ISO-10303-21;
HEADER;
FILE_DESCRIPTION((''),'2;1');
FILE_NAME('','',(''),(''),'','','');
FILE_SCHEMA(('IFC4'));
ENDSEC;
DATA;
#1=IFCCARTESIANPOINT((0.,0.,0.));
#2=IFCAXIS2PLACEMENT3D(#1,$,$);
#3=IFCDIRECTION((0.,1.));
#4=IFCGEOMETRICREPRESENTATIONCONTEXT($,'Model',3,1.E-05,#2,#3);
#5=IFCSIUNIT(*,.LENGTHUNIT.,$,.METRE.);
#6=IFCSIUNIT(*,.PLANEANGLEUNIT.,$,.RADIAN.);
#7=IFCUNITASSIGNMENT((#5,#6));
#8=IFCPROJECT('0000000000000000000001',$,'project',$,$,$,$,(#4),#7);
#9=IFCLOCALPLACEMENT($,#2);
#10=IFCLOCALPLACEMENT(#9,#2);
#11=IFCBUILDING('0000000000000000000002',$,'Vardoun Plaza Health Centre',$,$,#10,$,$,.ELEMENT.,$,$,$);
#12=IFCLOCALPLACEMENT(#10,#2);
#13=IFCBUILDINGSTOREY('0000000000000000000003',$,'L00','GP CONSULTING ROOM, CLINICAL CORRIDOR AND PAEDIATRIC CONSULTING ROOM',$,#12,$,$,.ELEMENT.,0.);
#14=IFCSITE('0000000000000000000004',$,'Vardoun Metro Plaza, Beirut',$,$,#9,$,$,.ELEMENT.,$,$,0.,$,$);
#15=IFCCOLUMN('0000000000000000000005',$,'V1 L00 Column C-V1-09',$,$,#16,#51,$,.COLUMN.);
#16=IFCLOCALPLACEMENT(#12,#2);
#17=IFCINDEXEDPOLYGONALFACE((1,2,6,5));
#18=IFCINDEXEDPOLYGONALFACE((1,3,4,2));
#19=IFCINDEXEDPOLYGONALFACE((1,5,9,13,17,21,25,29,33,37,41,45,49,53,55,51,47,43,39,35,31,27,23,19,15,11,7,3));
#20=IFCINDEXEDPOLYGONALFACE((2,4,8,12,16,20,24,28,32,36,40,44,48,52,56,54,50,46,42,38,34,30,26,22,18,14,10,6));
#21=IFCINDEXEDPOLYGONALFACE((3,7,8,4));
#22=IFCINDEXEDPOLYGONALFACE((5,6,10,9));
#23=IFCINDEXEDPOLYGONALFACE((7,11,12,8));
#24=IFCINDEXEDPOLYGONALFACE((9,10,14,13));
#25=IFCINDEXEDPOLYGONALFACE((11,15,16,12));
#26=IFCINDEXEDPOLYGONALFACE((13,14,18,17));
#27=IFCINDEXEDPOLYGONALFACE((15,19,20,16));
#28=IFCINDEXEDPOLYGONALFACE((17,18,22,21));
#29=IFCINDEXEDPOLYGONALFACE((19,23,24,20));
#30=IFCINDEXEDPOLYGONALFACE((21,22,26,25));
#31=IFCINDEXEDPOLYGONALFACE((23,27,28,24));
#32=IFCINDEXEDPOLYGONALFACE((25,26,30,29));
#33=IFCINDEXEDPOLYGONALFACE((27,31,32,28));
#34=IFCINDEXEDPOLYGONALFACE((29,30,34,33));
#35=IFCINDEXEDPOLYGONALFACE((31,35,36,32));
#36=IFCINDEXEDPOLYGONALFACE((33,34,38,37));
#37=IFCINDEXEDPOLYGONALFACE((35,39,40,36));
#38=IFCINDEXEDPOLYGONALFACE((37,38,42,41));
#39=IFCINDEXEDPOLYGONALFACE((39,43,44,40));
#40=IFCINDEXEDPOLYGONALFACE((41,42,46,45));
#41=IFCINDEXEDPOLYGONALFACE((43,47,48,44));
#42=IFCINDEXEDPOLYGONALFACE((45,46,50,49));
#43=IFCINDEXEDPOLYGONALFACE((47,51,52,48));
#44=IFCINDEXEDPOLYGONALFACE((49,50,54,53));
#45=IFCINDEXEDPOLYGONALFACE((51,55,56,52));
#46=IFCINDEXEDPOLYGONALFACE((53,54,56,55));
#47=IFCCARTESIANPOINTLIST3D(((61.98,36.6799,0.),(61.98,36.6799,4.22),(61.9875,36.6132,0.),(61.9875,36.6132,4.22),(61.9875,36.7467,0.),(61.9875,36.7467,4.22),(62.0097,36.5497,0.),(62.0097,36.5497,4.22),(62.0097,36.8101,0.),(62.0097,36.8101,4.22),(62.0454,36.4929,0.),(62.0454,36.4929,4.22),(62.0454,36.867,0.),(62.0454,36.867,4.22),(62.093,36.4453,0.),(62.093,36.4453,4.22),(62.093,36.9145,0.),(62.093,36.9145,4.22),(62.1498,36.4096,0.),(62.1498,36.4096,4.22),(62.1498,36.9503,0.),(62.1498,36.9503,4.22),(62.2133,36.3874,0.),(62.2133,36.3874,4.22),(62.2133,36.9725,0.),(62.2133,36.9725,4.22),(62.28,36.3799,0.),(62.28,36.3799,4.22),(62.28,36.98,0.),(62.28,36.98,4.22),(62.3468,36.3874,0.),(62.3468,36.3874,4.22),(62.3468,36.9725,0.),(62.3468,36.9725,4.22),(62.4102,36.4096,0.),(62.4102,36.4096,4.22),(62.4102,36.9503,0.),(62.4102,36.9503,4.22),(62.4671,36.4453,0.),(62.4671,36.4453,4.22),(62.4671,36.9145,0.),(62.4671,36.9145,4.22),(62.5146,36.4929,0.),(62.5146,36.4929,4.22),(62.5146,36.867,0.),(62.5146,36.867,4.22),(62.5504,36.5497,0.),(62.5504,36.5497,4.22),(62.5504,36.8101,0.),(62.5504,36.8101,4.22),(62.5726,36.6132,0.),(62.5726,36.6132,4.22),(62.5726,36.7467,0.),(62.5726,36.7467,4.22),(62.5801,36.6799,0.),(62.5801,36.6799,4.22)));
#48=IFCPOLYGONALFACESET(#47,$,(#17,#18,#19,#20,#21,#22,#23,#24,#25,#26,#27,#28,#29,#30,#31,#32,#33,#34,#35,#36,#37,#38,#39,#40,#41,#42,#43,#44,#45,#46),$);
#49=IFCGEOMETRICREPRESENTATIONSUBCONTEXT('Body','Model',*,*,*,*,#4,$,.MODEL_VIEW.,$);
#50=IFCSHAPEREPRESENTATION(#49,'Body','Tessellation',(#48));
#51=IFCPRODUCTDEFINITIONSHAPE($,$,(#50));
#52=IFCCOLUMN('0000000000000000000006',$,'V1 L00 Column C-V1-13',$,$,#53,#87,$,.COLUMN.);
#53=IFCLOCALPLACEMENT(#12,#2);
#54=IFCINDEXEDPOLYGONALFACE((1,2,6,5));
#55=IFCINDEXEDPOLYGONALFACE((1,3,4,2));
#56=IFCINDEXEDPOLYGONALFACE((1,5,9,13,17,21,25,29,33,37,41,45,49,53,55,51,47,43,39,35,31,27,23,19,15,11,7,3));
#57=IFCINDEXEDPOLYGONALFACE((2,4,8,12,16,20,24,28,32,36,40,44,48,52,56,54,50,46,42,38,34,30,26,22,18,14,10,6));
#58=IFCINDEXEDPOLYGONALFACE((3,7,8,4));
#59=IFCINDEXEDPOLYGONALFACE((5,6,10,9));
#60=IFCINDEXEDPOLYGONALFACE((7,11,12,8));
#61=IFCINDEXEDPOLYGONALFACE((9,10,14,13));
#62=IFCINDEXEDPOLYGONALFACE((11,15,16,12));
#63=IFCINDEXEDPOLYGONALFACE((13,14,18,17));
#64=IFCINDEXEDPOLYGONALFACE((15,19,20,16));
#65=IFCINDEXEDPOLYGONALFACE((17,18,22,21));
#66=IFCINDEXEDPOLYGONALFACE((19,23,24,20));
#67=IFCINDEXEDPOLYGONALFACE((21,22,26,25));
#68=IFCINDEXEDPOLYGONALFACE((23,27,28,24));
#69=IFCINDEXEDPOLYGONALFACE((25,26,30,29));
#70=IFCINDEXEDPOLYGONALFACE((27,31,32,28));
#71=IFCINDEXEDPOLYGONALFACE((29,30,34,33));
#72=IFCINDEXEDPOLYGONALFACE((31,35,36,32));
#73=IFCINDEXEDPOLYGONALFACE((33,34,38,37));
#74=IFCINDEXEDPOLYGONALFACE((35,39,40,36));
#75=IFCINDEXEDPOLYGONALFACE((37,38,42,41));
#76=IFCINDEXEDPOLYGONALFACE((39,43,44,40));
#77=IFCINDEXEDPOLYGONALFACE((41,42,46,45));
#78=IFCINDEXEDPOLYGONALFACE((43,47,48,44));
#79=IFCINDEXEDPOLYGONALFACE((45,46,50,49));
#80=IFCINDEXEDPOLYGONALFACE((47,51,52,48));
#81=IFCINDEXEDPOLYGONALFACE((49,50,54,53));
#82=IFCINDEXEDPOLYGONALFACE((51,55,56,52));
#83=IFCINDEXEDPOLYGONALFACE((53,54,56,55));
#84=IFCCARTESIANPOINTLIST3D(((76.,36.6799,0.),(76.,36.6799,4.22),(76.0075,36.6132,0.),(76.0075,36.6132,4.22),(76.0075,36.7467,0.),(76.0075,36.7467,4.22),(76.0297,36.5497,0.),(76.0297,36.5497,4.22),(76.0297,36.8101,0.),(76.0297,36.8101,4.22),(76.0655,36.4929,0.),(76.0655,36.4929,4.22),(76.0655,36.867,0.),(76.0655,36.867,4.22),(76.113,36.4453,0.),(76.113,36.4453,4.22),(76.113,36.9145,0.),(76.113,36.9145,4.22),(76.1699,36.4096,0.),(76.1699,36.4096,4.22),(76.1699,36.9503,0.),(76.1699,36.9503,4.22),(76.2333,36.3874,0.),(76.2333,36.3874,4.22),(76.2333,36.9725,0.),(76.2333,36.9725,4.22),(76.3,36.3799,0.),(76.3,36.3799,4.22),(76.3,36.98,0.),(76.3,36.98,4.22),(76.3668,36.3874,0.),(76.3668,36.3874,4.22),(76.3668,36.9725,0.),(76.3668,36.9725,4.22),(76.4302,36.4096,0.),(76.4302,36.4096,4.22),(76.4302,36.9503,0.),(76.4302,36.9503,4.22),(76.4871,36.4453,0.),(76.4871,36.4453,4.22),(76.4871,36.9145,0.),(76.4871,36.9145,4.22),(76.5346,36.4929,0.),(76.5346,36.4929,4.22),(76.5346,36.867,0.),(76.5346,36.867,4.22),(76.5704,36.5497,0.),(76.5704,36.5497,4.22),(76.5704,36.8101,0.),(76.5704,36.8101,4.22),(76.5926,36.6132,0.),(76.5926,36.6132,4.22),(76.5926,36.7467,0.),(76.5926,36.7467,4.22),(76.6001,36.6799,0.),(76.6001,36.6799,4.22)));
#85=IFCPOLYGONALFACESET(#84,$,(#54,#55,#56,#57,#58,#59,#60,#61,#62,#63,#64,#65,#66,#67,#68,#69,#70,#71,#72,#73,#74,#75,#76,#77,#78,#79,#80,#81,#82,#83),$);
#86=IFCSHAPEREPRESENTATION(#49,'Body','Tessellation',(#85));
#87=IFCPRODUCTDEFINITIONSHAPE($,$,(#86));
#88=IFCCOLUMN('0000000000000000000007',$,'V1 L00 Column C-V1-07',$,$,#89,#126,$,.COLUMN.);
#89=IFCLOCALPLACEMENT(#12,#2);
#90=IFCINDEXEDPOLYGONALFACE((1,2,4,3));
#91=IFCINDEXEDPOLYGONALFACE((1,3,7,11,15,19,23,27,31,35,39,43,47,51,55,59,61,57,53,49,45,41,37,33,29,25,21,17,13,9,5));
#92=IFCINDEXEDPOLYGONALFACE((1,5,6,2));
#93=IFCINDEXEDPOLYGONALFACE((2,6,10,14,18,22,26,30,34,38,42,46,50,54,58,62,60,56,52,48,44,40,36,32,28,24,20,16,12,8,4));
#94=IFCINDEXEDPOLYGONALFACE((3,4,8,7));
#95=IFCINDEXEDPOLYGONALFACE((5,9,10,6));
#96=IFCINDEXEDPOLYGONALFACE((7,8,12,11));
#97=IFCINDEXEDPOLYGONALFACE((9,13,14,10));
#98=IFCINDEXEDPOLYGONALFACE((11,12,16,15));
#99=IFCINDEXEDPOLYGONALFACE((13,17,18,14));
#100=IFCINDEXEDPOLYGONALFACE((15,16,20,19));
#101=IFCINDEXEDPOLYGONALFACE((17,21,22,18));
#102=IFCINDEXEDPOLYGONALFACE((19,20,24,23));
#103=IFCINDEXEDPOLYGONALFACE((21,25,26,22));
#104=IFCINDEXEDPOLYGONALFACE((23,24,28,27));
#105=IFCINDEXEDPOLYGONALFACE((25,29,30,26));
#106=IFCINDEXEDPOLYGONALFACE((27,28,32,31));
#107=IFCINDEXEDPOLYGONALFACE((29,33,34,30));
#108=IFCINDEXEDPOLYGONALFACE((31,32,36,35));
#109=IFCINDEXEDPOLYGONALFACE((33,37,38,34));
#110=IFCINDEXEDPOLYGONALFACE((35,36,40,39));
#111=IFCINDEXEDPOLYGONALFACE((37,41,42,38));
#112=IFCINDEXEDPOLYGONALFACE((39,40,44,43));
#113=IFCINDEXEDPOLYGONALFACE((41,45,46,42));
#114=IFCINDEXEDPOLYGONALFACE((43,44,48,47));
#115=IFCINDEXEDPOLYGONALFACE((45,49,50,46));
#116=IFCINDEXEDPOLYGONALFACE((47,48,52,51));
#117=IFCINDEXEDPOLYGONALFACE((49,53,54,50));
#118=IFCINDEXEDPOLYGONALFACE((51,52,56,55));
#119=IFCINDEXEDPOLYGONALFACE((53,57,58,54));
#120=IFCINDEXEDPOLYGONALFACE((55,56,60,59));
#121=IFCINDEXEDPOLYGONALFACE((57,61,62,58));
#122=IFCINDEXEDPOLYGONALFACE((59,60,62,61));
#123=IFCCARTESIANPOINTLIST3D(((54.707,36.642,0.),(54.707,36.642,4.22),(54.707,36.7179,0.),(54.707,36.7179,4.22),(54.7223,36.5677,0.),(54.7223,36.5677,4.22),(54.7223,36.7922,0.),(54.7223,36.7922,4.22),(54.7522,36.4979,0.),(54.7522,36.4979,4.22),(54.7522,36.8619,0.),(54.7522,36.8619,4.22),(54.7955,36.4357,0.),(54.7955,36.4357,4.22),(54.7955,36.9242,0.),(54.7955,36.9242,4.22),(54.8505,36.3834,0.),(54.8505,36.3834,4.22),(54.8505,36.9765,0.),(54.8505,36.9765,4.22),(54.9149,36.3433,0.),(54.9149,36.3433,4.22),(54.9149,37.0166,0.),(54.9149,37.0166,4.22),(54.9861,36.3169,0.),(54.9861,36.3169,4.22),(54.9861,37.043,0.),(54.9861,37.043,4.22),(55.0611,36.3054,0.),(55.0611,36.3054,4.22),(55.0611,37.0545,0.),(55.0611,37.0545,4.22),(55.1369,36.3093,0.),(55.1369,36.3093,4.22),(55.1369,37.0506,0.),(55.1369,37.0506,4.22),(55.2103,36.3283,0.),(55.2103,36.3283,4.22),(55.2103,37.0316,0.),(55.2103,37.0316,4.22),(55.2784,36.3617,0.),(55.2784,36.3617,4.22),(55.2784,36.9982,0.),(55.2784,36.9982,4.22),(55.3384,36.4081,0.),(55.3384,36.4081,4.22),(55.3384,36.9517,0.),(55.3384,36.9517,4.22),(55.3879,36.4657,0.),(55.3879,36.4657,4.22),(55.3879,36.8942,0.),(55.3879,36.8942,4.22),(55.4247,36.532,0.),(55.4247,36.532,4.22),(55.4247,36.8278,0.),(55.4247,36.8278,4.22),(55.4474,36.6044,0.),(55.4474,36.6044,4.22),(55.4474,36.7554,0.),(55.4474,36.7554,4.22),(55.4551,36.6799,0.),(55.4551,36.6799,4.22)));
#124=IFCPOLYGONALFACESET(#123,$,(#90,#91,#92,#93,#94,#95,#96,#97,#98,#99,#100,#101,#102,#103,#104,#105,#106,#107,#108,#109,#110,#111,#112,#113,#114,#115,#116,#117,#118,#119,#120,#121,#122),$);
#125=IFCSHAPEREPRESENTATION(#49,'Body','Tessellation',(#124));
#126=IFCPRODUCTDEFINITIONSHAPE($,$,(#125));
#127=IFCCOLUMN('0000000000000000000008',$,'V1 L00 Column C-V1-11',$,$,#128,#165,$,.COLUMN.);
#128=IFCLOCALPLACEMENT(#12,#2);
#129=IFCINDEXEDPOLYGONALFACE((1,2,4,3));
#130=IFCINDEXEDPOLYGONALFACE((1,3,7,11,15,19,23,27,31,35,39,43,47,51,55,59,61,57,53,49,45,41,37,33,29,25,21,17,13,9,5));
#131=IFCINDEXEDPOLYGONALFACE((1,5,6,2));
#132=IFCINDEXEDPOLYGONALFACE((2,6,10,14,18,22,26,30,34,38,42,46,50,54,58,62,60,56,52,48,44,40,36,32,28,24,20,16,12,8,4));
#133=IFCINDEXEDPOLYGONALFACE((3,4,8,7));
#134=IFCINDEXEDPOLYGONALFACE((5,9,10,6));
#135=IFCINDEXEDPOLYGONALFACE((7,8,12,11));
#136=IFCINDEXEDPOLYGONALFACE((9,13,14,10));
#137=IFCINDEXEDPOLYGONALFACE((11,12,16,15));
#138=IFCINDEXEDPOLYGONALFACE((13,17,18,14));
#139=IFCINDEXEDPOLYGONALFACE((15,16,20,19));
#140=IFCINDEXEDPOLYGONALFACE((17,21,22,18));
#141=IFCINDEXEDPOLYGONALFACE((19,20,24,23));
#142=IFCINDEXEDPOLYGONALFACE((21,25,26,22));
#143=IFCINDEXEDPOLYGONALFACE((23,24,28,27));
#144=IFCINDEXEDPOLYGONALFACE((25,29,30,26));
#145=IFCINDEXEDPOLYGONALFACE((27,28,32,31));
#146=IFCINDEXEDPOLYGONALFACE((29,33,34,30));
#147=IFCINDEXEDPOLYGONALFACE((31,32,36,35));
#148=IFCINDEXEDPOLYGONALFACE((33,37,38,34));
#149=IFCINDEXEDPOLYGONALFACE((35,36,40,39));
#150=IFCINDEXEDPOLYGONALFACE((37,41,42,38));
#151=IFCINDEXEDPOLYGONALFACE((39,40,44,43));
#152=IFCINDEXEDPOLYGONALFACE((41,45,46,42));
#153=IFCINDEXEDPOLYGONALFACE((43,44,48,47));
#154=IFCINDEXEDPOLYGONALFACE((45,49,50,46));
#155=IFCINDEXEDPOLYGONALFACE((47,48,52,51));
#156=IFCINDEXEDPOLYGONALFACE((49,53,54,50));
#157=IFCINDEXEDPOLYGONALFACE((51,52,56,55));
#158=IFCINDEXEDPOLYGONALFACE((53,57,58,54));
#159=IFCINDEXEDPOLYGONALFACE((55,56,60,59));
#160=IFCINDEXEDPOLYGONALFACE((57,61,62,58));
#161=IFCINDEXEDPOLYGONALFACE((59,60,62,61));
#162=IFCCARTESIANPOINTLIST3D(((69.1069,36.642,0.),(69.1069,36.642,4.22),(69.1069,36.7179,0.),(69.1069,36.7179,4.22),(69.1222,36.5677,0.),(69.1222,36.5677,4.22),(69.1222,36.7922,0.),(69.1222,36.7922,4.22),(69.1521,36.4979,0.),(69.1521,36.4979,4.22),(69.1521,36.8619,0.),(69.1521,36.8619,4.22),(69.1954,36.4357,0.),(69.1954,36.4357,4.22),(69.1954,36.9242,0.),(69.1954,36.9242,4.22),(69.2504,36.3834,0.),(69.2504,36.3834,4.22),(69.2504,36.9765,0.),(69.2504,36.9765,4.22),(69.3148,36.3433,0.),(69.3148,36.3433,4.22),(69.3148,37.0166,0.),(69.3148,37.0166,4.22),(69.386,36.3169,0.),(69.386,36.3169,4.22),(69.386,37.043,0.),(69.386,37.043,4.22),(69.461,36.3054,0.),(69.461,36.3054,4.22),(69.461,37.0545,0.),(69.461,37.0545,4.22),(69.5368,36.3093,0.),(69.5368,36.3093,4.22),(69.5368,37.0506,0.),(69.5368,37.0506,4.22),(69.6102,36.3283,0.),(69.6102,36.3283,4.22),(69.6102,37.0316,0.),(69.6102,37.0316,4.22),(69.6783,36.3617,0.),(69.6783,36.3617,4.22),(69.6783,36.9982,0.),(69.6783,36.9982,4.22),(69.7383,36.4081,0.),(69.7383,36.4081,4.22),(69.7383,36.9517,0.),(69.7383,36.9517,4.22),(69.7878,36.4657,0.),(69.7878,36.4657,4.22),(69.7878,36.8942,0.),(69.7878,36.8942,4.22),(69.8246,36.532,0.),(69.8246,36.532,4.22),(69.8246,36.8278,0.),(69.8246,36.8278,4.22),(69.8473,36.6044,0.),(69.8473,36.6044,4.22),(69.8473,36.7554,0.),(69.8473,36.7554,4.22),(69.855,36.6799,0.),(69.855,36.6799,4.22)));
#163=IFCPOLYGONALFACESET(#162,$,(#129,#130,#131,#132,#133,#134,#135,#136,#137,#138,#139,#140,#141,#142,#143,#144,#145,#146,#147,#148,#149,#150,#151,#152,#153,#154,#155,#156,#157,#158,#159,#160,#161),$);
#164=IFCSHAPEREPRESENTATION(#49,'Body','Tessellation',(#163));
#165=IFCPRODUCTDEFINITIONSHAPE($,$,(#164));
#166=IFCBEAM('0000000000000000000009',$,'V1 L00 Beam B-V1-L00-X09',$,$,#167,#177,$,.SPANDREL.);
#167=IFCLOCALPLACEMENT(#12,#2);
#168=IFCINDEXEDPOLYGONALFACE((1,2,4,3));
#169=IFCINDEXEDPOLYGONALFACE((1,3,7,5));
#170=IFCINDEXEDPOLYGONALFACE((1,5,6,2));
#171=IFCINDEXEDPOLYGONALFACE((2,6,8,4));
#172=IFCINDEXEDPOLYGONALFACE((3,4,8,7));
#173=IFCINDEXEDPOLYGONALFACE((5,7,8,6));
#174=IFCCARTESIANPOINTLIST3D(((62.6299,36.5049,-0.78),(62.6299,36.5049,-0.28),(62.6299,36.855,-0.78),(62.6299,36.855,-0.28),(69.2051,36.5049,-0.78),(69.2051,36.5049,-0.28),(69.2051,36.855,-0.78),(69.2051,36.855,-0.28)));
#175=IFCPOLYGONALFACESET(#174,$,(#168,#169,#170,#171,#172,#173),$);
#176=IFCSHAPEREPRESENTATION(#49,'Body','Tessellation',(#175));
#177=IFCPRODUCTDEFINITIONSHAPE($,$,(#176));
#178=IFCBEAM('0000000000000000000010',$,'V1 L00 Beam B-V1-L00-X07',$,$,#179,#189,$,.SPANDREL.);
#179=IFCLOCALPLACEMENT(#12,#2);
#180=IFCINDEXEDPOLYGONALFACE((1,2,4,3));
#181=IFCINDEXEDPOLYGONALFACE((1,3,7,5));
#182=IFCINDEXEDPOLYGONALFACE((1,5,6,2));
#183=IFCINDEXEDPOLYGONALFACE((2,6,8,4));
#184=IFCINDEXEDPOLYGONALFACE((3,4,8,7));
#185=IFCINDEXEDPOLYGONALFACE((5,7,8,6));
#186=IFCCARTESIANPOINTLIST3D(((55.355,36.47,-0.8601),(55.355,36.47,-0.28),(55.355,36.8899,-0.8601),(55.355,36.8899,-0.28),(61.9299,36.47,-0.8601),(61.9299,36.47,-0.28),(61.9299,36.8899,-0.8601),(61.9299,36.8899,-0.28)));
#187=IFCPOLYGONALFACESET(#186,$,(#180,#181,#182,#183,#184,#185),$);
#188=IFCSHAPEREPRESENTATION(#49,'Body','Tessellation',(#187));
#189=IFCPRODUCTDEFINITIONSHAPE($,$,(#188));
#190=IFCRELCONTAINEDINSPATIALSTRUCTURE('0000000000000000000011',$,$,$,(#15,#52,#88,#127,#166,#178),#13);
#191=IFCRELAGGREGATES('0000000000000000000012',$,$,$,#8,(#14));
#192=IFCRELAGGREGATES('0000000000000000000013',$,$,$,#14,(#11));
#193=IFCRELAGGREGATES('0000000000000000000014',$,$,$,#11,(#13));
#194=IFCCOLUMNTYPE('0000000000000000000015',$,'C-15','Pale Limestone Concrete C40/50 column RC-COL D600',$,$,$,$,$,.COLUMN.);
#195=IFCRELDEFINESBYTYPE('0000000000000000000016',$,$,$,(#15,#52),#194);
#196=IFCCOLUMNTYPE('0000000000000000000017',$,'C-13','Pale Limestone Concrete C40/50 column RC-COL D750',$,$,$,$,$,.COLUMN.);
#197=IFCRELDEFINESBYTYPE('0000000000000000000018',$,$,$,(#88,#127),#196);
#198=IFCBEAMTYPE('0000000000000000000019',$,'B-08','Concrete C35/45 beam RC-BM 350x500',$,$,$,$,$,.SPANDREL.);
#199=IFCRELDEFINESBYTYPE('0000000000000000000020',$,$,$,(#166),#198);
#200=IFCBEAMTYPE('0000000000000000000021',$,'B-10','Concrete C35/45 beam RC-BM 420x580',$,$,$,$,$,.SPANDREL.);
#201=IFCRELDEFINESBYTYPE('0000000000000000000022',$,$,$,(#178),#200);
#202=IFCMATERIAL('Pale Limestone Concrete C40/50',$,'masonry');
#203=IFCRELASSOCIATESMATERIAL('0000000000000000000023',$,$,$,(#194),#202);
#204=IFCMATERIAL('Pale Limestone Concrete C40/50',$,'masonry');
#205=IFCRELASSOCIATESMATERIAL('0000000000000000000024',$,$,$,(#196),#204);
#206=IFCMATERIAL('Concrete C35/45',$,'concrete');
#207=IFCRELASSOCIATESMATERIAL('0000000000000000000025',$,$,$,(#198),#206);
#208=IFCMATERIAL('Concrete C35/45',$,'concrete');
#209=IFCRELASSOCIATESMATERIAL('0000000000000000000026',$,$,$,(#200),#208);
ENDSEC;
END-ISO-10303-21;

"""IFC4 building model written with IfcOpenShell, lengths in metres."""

from ifc_helpers import new_model, si_unit, direction, frame, origin, origin_2d, place, context, subcontext, project, spatial, rectangle, circle, extrude, material, material_profile, profile_set, type_object, element, save


model = new_model("IFC4")

# Units and contexts
model_context = context("Model", 3, precision=1e-05, world=origin(), true_north=direction((0.0, 1.0)))
body_context = subcontext(model_context, "Body", "Model", "MODEL_VIEW")
ifc_project = project(units=[si_unit("LENGTHUNIT", "METRE"), si_unit("PLANEANGLEUNIT", "RADIAN")], contexts=[model_context])

# Site, building, storey
site_placement = place(None, origin())
site = spatial("IfcSite", under=ifc_project, at=site_placement, Name="Vardoun Metro Plaza, Beirut", CompositionType="ELEMENT", RefElevation=0.0)
building_placement = place(site_placement, origin())
building = spatial("IfcBuilding", under=site, at=building_placement, Name="Vardoun Plaza Health Centre", CompositionType="ELEMENT")
storey_placement = place(building_placement, origin())
storey = spatial("IfcBuildingStorey", under=building, at=storey_placement, Name="L00", Description="GP CONSULTING ROOM, CLINICAL CORRIDOR AND PAEDIATRIC CONSULTING ROOM", CompositionType="ELEMENT", Elevation=0.0)

# Columns
ifc_material_1 = material(Name="Pale Limestone Concrete C40/50", Category="masonry")
ifc_material_profile_1 = material_profile(ifc_material_1, circle(Radius=0.3, at=origin_2d()), Name="RC-COL D600")
ifc_profile_set_1 = profile_set([ifc_material_profile_1], Name="Pale Limestone Concrete C40/50")
column_type_1 = type_object("IfcColumnType", Name="C-15", Description="Pale Limestone Concrete C40/50 column RC-COL D600", PredefinedType="COLUMN", material=ifc_profile_set_1)
for number, where, z_axis, x_axis, name in (
    (1, (62.28, 36.6799, 0.0), (0.0, 0.0, 1.0), (1.0, 0.0, 0.0), "V1 L00 Column C-V1-09"),
    (2, (76.3, 36.6799, 0.0), (0.0, 0.0, 1.0), (1.0, 0.0, 0.0), "V1 L00 Column C-V1-13"),
):
    element("IfcColumn", number, at=place(storey_placement, frame(where, z_axis=z_axis, x_axis=x_axis)), inside=storey, type_object=column_type_1, Name=name, PredefinedType="COLUMN", context=body_context, shape_type="SweptSolid", body=[
        extrude(circle(Radius=0.3, at=origin_2d()), origin(), (0.0, 0.0, 1.0), 4.22),
    ])
ifc_material_2 = material(Name="Pale Limestone Concrete C40/50", Category="masonry")
ifc_material_profile_2 = material_profile(ifc_material_2, circle(Radius=0.375, at=origin_2d()), Name="RC-COL D750")
ifc_profile_set_2 = profile_set([ifc_material_profile_2], Name="Pale Limestone Concrete C40/50")
column_type_2 = type_object("IfcColumnType", Name="C-13", Description="Pale Limestone Concrete C40/50 column RC-COL D750", PredefinedType="COLUMN", material=ifc_profile_set_2)
for number, where, z_axis, x_axis, name in (
    (3, (55.0801, 36.6799, 0.0), (0.0, 0.0, 1.0), (1.0, 0.0, 0.0), "V1 L00 Column C-V1-07"),
    (4, (69.48, 36.6799, 0.0), (0.0, 0.0, 1.0), (1.0, 0.0, 0.0), "V1 L00 Column C-V1-11"),
):
    element("IfcColumn", number, at=place(storey_placement, frame(where, z_axis=z_axis, x_axis=x_axis)), inside=storey, type_object=column_type_2, Name=name, PredefinedType="COLUMN", context=body_context, shape_type="SweptSolid", body=[
        extrude(circle(Radius=0.375, at=origin_2d()), origin(), (0.0, 0.0, 1.0), 4.22),
    ])

# Beams
ifc_material_3 = material(Name="Concrete C35/45", Category="concrete")
ifc_material_profile_3 = material_profile(ifc_material_3, rectangle(XDim=0.3501, YDim=0.5, at=origin_2d()), Name="RC-BM 350x500")
ifc_profile_set_3 = profile_set([ifc_material_profile_3], Name="Concrete C35/45")
beam_type_1 = type_object("IfcBeamType", Name="B-08", Description="Concrete C35/45 beam RC-BM 350x500", PredefinedType="SPANDREL", material=ifc_profile_set_3)
beam_1_placement = place(storey_placement, frame((62.6299, 36.6799, -0.53), z_axis=(1.0, 0.0, 0.0), x_axis=(0.0, 1.0, 0.0)))
element("IfcBeam", 5, at=beam_1_placement, inside=storey, type_object=beam_type_1, Name="V1 L00 Beam B-V1-L00-X09", PredefinedType="SPANDREL", context=body_context, shape_type="SweptSolid", body=[
    extrude(rectangle(XDim=0.3501, YDim=0.5, at=origin_2d()), origin(), (0.0, 0.0, 1.0), 6.5752),
])
ifc_material_4 = material(Name="Concrete C35/45", Category="concrete")
ifc_material_profile_4 = material_profile(ifc_material_4, rectangle(XDim=0.4199, YDim=0.5801, at=origin_2d()), Name="RC-BM 420x580")
ifc_profile_set_4 = profile_set([ifc_material_profile_4], Name="Concrete C35/45")
beam_type_2 = type_object("IfcBeamType", Name="B-10", Description="Concrete C35/45 beam RC-BM 420x580", PredefinedType="SPANDREL", material=ifc_profile_set_4)
beam_2_placement = place(storey_placement, frame((55.355, 36.6799, -0.5701), z_axis=(1.0, 0.0, 0.0), x_axis=(0.0, 1.0, 0.0)))
element("IfcBeam", 6, at=beam_2_placement, inside=storey, type_object=beam_type_2, Name="V1 L00 Beam B-V1-L00-X07", PredefinedType="SPANDREL", context=body_context, shape_type="SweptSolid", body=[
    extrude(rectangle(XDim=0.4199, YDim=0.5801, at=origin_2d()), origin(), (0.0, 0.0, 1.0), 6.575),
])

save(model, "model.ifc")
